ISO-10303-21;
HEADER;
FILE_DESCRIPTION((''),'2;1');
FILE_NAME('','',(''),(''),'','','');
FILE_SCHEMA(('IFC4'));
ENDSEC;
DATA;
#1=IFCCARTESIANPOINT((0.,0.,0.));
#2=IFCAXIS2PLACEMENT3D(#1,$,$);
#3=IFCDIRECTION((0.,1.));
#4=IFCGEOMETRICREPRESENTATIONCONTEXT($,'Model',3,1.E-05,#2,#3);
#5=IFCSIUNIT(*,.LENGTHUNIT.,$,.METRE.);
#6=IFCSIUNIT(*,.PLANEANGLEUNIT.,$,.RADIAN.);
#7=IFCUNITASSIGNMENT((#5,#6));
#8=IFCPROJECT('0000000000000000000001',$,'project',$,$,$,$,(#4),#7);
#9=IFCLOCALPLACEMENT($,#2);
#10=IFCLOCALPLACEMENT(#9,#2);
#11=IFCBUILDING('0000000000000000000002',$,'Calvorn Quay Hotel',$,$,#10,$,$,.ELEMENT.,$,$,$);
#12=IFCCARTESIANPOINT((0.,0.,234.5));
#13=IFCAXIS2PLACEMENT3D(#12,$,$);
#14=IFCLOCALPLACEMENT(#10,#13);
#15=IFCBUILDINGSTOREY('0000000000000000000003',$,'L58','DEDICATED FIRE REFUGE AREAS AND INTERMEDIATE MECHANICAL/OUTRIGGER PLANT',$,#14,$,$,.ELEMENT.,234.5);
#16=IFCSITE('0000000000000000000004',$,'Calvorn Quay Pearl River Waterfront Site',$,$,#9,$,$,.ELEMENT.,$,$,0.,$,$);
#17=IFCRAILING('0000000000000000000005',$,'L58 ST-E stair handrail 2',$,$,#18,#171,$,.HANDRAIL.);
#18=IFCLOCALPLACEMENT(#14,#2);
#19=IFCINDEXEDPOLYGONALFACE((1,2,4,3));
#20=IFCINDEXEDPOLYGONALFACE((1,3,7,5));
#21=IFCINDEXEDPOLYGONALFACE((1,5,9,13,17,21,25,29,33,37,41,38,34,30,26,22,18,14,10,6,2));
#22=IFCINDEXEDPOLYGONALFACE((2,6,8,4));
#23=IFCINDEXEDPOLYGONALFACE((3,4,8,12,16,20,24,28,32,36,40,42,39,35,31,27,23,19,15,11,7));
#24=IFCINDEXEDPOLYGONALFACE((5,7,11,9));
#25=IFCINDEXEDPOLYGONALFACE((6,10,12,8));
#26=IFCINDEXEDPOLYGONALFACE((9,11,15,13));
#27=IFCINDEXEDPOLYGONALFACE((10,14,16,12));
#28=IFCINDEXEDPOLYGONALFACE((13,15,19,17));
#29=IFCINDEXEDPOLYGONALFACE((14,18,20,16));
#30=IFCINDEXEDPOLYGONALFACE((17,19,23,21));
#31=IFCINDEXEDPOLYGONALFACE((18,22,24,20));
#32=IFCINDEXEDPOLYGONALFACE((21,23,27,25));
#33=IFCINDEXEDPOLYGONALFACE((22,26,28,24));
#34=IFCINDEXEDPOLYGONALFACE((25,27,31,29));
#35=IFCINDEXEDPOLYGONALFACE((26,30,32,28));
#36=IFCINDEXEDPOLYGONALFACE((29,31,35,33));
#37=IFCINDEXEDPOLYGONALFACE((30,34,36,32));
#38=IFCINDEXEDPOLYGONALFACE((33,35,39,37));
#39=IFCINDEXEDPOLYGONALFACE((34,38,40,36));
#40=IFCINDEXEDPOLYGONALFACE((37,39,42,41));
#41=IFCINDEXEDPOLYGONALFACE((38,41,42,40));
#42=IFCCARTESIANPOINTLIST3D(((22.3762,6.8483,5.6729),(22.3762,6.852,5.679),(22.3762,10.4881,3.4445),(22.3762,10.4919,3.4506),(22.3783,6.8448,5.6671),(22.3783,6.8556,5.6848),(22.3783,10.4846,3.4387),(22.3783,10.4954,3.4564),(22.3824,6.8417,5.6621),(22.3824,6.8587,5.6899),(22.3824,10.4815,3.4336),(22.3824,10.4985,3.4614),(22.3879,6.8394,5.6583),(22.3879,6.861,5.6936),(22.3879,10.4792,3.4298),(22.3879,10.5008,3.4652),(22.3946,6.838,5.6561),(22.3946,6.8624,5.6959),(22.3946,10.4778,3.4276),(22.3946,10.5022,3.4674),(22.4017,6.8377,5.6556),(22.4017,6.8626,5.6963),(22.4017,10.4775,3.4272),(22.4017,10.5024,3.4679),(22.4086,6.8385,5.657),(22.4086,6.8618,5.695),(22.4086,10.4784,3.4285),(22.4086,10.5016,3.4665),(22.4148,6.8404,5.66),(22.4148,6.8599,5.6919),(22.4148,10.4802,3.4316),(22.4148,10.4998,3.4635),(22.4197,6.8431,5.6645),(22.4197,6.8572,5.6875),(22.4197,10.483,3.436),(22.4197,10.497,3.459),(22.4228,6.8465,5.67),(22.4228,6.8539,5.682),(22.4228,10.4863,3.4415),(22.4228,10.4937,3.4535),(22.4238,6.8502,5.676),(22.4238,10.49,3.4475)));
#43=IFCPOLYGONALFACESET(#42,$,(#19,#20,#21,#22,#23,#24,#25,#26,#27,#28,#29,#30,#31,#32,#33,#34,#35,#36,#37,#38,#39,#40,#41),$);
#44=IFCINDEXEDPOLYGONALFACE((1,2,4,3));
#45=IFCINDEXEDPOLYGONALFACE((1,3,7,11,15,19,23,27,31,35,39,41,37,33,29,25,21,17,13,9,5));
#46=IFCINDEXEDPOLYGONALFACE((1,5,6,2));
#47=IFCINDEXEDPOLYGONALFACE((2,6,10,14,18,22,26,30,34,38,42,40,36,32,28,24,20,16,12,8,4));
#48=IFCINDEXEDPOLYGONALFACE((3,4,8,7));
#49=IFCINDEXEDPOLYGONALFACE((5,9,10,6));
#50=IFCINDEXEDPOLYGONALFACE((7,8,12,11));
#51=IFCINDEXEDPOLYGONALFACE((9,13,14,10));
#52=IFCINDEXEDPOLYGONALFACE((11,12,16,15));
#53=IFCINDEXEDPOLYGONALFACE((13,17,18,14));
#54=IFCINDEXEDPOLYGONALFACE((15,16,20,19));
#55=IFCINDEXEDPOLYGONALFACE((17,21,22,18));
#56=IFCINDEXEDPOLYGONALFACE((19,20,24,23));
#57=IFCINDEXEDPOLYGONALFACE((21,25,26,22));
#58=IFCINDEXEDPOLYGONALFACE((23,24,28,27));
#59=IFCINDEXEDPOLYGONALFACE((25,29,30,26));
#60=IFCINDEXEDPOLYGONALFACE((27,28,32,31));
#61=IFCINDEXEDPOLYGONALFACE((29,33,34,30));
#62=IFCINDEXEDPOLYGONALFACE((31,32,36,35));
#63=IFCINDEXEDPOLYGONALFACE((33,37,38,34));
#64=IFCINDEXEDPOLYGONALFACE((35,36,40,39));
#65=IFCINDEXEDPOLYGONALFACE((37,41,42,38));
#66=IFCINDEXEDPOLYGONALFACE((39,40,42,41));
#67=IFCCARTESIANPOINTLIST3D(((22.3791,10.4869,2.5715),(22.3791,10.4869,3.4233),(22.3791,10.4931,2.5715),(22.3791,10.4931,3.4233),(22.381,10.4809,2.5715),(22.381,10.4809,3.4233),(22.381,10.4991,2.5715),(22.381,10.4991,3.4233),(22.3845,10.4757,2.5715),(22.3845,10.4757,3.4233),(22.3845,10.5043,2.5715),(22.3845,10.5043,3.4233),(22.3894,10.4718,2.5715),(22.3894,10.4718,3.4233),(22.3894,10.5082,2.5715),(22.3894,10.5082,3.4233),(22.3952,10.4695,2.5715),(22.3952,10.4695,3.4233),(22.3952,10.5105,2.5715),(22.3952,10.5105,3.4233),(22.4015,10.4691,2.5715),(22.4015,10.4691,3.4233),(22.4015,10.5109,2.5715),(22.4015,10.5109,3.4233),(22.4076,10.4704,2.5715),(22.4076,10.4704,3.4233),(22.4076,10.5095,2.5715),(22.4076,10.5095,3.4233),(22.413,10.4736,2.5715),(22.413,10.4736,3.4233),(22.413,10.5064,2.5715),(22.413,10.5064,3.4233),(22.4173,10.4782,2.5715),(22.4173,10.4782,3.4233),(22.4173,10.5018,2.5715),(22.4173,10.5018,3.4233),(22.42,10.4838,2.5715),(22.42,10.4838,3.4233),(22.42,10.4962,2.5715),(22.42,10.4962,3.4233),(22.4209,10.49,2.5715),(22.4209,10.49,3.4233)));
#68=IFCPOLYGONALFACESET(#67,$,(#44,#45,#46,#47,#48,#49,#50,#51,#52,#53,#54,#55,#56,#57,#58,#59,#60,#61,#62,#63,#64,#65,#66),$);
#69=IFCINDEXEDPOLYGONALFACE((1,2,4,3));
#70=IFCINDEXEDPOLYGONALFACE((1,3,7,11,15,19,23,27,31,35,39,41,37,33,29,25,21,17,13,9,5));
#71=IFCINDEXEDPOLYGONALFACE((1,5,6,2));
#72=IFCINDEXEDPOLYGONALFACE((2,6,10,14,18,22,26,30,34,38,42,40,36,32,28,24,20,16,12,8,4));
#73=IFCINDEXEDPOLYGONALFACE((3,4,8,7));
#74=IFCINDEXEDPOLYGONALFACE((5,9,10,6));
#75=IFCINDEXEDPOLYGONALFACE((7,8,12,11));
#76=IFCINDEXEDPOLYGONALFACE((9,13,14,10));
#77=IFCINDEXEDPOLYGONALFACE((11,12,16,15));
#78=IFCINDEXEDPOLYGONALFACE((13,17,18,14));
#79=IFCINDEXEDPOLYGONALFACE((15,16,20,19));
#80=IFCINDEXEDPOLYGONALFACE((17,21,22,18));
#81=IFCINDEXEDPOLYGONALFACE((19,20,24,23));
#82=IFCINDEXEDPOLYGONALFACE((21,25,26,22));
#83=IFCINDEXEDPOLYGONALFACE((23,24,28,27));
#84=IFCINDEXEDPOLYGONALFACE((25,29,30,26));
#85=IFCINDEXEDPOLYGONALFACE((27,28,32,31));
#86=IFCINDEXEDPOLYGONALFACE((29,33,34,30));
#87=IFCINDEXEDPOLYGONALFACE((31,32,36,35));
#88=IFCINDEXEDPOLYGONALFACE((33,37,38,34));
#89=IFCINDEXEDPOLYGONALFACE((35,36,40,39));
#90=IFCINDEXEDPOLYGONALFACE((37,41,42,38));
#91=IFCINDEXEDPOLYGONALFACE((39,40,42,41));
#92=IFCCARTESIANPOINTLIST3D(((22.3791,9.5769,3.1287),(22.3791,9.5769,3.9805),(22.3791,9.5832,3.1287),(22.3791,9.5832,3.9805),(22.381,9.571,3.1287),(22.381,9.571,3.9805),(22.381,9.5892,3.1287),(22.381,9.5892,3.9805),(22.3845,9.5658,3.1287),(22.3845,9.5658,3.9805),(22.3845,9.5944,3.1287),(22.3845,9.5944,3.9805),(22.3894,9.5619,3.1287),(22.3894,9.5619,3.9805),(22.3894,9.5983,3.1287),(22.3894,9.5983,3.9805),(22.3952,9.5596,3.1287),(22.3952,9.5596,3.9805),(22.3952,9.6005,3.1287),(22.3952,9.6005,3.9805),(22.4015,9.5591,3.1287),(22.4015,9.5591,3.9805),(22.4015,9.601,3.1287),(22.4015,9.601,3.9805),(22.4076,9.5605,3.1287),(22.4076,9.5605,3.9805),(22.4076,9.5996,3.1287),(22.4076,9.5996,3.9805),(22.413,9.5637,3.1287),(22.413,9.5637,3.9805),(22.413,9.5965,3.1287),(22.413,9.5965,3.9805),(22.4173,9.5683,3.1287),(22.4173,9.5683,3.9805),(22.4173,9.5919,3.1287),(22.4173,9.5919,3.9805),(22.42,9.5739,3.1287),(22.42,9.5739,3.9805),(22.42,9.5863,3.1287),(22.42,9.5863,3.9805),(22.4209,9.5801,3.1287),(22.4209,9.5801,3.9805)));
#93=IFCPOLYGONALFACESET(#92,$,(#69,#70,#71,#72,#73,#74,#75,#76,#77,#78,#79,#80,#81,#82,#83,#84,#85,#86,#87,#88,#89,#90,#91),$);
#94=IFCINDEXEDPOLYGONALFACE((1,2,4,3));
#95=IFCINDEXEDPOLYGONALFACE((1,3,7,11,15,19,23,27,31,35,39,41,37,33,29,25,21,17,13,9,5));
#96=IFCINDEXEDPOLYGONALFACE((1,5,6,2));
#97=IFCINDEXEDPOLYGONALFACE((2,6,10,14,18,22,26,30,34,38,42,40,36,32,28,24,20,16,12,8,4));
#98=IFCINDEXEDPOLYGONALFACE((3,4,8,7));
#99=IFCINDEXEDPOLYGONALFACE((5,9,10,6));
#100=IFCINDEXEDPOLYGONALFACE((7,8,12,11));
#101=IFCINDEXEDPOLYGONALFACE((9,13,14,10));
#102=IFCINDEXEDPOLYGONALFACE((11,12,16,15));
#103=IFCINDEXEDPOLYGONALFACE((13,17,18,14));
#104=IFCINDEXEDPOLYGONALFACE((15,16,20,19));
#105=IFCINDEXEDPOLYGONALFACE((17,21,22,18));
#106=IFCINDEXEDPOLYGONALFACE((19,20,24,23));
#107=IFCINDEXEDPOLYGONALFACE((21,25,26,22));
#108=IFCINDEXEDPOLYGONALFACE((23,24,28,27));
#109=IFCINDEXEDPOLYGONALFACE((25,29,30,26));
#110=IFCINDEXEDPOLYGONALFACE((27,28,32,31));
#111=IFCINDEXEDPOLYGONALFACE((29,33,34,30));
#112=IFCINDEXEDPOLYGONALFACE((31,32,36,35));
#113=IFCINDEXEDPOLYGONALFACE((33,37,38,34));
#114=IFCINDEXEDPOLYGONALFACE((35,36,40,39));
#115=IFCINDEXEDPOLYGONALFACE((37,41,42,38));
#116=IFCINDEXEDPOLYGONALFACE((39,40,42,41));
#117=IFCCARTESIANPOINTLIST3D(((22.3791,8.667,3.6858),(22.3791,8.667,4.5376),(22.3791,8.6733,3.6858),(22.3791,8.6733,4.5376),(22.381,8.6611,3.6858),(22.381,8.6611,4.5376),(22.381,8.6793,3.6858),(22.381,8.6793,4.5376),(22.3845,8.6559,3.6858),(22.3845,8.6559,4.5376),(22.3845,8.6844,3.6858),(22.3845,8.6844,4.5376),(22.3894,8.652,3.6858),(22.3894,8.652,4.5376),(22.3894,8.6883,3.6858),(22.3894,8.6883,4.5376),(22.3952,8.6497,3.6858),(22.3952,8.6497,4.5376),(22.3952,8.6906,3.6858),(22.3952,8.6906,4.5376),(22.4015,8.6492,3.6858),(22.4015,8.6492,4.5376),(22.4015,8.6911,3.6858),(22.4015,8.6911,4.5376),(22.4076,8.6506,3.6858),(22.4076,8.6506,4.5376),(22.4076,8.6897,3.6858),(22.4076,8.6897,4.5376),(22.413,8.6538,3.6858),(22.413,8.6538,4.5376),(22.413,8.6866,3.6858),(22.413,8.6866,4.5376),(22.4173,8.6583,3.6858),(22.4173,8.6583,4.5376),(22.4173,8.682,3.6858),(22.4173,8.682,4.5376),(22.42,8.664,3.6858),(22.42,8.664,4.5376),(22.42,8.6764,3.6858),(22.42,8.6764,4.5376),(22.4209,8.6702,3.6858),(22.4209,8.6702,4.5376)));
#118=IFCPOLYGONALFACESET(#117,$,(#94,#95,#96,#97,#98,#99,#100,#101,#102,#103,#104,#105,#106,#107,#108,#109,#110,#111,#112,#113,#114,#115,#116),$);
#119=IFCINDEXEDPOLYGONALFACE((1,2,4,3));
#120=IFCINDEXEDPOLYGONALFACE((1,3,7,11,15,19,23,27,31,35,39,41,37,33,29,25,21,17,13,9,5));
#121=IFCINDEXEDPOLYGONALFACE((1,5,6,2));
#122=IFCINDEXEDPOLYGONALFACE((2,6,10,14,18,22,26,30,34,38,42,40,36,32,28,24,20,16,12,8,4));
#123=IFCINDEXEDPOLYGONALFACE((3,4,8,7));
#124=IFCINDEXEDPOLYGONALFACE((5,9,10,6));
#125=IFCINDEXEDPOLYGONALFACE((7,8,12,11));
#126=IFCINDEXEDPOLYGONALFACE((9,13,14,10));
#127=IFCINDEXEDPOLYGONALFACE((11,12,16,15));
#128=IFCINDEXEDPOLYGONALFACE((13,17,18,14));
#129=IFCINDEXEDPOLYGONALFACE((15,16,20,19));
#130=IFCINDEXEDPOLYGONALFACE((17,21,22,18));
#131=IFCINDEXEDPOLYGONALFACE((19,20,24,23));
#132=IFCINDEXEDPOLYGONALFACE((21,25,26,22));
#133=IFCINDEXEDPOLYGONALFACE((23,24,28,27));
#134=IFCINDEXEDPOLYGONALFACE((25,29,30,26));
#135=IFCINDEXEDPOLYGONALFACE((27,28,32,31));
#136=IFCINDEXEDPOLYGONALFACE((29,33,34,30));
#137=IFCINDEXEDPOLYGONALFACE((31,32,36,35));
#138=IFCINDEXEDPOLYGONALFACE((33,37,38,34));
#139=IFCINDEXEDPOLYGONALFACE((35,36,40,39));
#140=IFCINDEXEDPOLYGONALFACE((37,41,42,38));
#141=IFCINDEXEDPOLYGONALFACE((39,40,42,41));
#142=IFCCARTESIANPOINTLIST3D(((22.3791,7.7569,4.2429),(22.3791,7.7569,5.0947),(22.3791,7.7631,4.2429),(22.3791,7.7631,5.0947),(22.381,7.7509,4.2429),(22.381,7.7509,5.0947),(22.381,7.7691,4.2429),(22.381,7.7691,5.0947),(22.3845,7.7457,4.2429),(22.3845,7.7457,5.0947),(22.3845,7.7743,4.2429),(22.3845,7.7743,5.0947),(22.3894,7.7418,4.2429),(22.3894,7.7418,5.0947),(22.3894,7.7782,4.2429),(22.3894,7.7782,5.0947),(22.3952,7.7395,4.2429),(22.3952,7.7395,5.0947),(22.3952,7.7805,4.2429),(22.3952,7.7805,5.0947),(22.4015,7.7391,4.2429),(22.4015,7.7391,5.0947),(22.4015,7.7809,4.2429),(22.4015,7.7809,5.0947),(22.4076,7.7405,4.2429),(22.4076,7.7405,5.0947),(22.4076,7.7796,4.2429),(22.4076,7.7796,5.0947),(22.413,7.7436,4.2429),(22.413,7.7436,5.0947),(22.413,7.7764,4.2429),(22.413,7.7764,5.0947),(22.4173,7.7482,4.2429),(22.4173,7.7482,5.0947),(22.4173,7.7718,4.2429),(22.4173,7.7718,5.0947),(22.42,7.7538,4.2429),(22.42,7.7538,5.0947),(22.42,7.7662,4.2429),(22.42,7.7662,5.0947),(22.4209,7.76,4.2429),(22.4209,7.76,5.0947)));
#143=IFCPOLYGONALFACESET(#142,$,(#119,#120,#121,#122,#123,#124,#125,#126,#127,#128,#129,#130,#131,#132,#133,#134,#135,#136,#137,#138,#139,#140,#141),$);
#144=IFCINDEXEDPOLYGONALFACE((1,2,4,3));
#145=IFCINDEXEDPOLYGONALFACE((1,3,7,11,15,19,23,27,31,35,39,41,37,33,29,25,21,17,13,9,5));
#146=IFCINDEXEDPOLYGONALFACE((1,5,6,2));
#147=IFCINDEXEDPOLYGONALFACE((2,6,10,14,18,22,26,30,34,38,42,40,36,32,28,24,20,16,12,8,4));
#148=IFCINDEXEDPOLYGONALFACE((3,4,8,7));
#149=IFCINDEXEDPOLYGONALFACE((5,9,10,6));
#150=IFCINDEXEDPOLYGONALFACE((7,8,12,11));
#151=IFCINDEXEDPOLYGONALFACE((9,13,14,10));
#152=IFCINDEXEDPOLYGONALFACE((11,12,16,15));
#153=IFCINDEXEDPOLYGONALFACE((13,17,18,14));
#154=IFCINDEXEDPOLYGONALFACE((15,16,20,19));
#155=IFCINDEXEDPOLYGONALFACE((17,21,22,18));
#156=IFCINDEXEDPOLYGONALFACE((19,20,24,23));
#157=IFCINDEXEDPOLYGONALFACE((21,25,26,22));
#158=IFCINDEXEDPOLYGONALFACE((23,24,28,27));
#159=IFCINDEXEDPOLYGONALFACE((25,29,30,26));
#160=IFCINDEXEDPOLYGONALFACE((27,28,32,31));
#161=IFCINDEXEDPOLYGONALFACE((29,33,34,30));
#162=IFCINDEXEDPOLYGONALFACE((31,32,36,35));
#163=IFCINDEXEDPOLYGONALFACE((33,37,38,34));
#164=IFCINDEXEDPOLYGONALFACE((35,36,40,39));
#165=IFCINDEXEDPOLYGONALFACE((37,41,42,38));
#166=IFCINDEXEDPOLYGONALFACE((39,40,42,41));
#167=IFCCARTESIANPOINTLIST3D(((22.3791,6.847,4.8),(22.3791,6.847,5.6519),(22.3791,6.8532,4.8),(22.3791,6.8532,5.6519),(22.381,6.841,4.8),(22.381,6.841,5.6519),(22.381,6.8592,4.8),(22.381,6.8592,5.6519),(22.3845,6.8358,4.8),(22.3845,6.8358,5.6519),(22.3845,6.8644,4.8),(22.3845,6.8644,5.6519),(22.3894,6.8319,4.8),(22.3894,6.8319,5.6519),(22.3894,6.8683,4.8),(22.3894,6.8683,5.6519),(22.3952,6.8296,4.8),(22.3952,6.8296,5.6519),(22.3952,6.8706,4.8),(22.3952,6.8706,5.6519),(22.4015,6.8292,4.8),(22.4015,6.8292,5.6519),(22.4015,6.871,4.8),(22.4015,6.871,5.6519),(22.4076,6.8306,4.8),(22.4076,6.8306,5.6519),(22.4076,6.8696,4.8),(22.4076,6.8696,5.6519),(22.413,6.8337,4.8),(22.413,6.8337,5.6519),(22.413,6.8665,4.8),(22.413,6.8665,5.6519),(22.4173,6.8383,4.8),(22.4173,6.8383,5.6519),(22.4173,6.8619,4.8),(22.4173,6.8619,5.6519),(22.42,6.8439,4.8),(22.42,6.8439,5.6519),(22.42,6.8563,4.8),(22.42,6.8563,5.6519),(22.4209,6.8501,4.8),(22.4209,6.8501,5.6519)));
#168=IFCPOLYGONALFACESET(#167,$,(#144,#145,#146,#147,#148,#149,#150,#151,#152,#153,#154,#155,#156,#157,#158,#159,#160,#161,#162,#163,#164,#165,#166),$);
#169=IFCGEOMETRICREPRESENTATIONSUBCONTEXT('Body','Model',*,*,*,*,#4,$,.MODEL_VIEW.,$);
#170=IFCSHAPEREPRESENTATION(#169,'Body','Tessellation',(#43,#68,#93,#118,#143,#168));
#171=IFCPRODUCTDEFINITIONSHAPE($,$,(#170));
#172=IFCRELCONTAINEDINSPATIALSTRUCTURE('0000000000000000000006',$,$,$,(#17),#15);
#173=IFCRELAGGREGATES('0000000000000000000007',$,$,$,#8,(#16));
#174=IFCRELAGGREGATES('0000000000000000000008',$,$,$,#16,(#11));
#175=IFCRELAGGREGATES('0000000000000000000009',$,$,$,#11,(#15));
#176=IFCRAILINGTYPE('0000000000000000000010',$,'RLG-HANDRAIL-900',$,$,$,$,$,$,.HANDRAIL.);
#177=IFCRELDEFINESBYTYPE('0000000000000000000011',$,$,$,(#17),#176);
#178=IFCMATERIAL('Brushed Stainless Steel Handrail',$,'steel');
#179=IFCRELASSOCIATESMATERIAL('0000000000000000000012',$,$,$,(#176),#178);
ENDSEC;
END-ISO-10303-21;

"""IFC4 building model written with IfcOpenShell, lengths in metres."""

from ifc_helpers import new_model, si_unit, direction, frame, origin, origin_2d, place, context, subcontext, project, spatial, circle, extrude, material, type_object, element, save


model = new_model("IFC4")

# Units and contexts
model_context = context("Model", 3, precision=1e-05, world=origin(), true_north=direction((0.0, 1.0)))
body_context = subcontext(model_context, "Body", "Model", "MODEL_VIEW")
ifc_project = project(units=[si_unit("LENGTHUNIT", "METRE"), si_unit("PLANEANGLEUNIT", "RADIAN")], contexts=[model_context])

# Site, building, storey
site_placement = place(None, origin())
site = spatial("IfcSite", under=ifc_project, at=site_placement, Name="Calvorn Quay Pearl River Waterfront Site", CompositionType="ELEMENT", RefElevation=0.0)
building_placement = place(site_placement, origin())
building = spatial("IfcBuilding", under=site, at=building_placement, Name="Calvorn Quay Hotel", CompositionType="ELEMENT")
storey_placement = place(building_placement, frame((0.0, 0.0, 234.5)))
storey = spatial("IfcBuildingStorey", under=building, at=storey_placement, Name="L58", Description="DEDICATED FIRE REFUGE AREAS AND INTERMEDIATE MECHANICAL/OUTRIGGER PLANT", CompositionType="ELEMENT", Elevation=234.5)

# Railing
ifc_material_1 = material(Name="Brushed Stainless Steel Handrail", Category="steel")
railing_type_1 = type_object("IfcRailingType", Name="RLG-HANDRAIL-900", PredefinedType="HANDRAIL", material=ifc_material_1)
railing_1_placement = place(storey_placement, frame((22.3999, 10.49, 2.5715)))
element("IfcRailing", 1, at=railing_1_placement, inside=storey, type_object=railing_type_1, Name="L58 ST-E stair handrail 2", PredefinedType="HANDRAIL", context=body_context, shape_type="SweptSolid", body=[
    extrude(circle(Radius=0.0239, at=origin_2d()), frame((0.0, 0.0, 0.876), z_axis=(0.0, -0.85285, 0.522156), x_axis=(1.0, 0.0, 0.0)), (0.0, 0.0, 1.0), 4.2678),
    extrude(circle(Radius=0.021, at=origin_2d()), origin(), (0.0, 0.0, 1.0), 0.8518),
    extrude(circle(Radius=0.021, at=origin_2d()), frame((0.0, -0.9099, 0.5571)), (0.0, 0.0, 1.0), 0.8518),
    extrude(circle(Radius=0.021, at=origin_2d()), frame((0.0, -1.8198, 1.1143)), (0.0, 0.0, 1.0), 0.8518),
    extrude(circle(Radius=0.021, at=origin_2d()), frame((0.0, -2.73, 1.6714)), (0.0, 0.0, 1.0), 0.8518),
    extrude(circle(Radius=0.021, at=origin_2d()), frame((0.0, -3.6399, 2.2285)), (0.0, 0.0, 1.0), 0.8518),
])

save(model, "model.ifc")
